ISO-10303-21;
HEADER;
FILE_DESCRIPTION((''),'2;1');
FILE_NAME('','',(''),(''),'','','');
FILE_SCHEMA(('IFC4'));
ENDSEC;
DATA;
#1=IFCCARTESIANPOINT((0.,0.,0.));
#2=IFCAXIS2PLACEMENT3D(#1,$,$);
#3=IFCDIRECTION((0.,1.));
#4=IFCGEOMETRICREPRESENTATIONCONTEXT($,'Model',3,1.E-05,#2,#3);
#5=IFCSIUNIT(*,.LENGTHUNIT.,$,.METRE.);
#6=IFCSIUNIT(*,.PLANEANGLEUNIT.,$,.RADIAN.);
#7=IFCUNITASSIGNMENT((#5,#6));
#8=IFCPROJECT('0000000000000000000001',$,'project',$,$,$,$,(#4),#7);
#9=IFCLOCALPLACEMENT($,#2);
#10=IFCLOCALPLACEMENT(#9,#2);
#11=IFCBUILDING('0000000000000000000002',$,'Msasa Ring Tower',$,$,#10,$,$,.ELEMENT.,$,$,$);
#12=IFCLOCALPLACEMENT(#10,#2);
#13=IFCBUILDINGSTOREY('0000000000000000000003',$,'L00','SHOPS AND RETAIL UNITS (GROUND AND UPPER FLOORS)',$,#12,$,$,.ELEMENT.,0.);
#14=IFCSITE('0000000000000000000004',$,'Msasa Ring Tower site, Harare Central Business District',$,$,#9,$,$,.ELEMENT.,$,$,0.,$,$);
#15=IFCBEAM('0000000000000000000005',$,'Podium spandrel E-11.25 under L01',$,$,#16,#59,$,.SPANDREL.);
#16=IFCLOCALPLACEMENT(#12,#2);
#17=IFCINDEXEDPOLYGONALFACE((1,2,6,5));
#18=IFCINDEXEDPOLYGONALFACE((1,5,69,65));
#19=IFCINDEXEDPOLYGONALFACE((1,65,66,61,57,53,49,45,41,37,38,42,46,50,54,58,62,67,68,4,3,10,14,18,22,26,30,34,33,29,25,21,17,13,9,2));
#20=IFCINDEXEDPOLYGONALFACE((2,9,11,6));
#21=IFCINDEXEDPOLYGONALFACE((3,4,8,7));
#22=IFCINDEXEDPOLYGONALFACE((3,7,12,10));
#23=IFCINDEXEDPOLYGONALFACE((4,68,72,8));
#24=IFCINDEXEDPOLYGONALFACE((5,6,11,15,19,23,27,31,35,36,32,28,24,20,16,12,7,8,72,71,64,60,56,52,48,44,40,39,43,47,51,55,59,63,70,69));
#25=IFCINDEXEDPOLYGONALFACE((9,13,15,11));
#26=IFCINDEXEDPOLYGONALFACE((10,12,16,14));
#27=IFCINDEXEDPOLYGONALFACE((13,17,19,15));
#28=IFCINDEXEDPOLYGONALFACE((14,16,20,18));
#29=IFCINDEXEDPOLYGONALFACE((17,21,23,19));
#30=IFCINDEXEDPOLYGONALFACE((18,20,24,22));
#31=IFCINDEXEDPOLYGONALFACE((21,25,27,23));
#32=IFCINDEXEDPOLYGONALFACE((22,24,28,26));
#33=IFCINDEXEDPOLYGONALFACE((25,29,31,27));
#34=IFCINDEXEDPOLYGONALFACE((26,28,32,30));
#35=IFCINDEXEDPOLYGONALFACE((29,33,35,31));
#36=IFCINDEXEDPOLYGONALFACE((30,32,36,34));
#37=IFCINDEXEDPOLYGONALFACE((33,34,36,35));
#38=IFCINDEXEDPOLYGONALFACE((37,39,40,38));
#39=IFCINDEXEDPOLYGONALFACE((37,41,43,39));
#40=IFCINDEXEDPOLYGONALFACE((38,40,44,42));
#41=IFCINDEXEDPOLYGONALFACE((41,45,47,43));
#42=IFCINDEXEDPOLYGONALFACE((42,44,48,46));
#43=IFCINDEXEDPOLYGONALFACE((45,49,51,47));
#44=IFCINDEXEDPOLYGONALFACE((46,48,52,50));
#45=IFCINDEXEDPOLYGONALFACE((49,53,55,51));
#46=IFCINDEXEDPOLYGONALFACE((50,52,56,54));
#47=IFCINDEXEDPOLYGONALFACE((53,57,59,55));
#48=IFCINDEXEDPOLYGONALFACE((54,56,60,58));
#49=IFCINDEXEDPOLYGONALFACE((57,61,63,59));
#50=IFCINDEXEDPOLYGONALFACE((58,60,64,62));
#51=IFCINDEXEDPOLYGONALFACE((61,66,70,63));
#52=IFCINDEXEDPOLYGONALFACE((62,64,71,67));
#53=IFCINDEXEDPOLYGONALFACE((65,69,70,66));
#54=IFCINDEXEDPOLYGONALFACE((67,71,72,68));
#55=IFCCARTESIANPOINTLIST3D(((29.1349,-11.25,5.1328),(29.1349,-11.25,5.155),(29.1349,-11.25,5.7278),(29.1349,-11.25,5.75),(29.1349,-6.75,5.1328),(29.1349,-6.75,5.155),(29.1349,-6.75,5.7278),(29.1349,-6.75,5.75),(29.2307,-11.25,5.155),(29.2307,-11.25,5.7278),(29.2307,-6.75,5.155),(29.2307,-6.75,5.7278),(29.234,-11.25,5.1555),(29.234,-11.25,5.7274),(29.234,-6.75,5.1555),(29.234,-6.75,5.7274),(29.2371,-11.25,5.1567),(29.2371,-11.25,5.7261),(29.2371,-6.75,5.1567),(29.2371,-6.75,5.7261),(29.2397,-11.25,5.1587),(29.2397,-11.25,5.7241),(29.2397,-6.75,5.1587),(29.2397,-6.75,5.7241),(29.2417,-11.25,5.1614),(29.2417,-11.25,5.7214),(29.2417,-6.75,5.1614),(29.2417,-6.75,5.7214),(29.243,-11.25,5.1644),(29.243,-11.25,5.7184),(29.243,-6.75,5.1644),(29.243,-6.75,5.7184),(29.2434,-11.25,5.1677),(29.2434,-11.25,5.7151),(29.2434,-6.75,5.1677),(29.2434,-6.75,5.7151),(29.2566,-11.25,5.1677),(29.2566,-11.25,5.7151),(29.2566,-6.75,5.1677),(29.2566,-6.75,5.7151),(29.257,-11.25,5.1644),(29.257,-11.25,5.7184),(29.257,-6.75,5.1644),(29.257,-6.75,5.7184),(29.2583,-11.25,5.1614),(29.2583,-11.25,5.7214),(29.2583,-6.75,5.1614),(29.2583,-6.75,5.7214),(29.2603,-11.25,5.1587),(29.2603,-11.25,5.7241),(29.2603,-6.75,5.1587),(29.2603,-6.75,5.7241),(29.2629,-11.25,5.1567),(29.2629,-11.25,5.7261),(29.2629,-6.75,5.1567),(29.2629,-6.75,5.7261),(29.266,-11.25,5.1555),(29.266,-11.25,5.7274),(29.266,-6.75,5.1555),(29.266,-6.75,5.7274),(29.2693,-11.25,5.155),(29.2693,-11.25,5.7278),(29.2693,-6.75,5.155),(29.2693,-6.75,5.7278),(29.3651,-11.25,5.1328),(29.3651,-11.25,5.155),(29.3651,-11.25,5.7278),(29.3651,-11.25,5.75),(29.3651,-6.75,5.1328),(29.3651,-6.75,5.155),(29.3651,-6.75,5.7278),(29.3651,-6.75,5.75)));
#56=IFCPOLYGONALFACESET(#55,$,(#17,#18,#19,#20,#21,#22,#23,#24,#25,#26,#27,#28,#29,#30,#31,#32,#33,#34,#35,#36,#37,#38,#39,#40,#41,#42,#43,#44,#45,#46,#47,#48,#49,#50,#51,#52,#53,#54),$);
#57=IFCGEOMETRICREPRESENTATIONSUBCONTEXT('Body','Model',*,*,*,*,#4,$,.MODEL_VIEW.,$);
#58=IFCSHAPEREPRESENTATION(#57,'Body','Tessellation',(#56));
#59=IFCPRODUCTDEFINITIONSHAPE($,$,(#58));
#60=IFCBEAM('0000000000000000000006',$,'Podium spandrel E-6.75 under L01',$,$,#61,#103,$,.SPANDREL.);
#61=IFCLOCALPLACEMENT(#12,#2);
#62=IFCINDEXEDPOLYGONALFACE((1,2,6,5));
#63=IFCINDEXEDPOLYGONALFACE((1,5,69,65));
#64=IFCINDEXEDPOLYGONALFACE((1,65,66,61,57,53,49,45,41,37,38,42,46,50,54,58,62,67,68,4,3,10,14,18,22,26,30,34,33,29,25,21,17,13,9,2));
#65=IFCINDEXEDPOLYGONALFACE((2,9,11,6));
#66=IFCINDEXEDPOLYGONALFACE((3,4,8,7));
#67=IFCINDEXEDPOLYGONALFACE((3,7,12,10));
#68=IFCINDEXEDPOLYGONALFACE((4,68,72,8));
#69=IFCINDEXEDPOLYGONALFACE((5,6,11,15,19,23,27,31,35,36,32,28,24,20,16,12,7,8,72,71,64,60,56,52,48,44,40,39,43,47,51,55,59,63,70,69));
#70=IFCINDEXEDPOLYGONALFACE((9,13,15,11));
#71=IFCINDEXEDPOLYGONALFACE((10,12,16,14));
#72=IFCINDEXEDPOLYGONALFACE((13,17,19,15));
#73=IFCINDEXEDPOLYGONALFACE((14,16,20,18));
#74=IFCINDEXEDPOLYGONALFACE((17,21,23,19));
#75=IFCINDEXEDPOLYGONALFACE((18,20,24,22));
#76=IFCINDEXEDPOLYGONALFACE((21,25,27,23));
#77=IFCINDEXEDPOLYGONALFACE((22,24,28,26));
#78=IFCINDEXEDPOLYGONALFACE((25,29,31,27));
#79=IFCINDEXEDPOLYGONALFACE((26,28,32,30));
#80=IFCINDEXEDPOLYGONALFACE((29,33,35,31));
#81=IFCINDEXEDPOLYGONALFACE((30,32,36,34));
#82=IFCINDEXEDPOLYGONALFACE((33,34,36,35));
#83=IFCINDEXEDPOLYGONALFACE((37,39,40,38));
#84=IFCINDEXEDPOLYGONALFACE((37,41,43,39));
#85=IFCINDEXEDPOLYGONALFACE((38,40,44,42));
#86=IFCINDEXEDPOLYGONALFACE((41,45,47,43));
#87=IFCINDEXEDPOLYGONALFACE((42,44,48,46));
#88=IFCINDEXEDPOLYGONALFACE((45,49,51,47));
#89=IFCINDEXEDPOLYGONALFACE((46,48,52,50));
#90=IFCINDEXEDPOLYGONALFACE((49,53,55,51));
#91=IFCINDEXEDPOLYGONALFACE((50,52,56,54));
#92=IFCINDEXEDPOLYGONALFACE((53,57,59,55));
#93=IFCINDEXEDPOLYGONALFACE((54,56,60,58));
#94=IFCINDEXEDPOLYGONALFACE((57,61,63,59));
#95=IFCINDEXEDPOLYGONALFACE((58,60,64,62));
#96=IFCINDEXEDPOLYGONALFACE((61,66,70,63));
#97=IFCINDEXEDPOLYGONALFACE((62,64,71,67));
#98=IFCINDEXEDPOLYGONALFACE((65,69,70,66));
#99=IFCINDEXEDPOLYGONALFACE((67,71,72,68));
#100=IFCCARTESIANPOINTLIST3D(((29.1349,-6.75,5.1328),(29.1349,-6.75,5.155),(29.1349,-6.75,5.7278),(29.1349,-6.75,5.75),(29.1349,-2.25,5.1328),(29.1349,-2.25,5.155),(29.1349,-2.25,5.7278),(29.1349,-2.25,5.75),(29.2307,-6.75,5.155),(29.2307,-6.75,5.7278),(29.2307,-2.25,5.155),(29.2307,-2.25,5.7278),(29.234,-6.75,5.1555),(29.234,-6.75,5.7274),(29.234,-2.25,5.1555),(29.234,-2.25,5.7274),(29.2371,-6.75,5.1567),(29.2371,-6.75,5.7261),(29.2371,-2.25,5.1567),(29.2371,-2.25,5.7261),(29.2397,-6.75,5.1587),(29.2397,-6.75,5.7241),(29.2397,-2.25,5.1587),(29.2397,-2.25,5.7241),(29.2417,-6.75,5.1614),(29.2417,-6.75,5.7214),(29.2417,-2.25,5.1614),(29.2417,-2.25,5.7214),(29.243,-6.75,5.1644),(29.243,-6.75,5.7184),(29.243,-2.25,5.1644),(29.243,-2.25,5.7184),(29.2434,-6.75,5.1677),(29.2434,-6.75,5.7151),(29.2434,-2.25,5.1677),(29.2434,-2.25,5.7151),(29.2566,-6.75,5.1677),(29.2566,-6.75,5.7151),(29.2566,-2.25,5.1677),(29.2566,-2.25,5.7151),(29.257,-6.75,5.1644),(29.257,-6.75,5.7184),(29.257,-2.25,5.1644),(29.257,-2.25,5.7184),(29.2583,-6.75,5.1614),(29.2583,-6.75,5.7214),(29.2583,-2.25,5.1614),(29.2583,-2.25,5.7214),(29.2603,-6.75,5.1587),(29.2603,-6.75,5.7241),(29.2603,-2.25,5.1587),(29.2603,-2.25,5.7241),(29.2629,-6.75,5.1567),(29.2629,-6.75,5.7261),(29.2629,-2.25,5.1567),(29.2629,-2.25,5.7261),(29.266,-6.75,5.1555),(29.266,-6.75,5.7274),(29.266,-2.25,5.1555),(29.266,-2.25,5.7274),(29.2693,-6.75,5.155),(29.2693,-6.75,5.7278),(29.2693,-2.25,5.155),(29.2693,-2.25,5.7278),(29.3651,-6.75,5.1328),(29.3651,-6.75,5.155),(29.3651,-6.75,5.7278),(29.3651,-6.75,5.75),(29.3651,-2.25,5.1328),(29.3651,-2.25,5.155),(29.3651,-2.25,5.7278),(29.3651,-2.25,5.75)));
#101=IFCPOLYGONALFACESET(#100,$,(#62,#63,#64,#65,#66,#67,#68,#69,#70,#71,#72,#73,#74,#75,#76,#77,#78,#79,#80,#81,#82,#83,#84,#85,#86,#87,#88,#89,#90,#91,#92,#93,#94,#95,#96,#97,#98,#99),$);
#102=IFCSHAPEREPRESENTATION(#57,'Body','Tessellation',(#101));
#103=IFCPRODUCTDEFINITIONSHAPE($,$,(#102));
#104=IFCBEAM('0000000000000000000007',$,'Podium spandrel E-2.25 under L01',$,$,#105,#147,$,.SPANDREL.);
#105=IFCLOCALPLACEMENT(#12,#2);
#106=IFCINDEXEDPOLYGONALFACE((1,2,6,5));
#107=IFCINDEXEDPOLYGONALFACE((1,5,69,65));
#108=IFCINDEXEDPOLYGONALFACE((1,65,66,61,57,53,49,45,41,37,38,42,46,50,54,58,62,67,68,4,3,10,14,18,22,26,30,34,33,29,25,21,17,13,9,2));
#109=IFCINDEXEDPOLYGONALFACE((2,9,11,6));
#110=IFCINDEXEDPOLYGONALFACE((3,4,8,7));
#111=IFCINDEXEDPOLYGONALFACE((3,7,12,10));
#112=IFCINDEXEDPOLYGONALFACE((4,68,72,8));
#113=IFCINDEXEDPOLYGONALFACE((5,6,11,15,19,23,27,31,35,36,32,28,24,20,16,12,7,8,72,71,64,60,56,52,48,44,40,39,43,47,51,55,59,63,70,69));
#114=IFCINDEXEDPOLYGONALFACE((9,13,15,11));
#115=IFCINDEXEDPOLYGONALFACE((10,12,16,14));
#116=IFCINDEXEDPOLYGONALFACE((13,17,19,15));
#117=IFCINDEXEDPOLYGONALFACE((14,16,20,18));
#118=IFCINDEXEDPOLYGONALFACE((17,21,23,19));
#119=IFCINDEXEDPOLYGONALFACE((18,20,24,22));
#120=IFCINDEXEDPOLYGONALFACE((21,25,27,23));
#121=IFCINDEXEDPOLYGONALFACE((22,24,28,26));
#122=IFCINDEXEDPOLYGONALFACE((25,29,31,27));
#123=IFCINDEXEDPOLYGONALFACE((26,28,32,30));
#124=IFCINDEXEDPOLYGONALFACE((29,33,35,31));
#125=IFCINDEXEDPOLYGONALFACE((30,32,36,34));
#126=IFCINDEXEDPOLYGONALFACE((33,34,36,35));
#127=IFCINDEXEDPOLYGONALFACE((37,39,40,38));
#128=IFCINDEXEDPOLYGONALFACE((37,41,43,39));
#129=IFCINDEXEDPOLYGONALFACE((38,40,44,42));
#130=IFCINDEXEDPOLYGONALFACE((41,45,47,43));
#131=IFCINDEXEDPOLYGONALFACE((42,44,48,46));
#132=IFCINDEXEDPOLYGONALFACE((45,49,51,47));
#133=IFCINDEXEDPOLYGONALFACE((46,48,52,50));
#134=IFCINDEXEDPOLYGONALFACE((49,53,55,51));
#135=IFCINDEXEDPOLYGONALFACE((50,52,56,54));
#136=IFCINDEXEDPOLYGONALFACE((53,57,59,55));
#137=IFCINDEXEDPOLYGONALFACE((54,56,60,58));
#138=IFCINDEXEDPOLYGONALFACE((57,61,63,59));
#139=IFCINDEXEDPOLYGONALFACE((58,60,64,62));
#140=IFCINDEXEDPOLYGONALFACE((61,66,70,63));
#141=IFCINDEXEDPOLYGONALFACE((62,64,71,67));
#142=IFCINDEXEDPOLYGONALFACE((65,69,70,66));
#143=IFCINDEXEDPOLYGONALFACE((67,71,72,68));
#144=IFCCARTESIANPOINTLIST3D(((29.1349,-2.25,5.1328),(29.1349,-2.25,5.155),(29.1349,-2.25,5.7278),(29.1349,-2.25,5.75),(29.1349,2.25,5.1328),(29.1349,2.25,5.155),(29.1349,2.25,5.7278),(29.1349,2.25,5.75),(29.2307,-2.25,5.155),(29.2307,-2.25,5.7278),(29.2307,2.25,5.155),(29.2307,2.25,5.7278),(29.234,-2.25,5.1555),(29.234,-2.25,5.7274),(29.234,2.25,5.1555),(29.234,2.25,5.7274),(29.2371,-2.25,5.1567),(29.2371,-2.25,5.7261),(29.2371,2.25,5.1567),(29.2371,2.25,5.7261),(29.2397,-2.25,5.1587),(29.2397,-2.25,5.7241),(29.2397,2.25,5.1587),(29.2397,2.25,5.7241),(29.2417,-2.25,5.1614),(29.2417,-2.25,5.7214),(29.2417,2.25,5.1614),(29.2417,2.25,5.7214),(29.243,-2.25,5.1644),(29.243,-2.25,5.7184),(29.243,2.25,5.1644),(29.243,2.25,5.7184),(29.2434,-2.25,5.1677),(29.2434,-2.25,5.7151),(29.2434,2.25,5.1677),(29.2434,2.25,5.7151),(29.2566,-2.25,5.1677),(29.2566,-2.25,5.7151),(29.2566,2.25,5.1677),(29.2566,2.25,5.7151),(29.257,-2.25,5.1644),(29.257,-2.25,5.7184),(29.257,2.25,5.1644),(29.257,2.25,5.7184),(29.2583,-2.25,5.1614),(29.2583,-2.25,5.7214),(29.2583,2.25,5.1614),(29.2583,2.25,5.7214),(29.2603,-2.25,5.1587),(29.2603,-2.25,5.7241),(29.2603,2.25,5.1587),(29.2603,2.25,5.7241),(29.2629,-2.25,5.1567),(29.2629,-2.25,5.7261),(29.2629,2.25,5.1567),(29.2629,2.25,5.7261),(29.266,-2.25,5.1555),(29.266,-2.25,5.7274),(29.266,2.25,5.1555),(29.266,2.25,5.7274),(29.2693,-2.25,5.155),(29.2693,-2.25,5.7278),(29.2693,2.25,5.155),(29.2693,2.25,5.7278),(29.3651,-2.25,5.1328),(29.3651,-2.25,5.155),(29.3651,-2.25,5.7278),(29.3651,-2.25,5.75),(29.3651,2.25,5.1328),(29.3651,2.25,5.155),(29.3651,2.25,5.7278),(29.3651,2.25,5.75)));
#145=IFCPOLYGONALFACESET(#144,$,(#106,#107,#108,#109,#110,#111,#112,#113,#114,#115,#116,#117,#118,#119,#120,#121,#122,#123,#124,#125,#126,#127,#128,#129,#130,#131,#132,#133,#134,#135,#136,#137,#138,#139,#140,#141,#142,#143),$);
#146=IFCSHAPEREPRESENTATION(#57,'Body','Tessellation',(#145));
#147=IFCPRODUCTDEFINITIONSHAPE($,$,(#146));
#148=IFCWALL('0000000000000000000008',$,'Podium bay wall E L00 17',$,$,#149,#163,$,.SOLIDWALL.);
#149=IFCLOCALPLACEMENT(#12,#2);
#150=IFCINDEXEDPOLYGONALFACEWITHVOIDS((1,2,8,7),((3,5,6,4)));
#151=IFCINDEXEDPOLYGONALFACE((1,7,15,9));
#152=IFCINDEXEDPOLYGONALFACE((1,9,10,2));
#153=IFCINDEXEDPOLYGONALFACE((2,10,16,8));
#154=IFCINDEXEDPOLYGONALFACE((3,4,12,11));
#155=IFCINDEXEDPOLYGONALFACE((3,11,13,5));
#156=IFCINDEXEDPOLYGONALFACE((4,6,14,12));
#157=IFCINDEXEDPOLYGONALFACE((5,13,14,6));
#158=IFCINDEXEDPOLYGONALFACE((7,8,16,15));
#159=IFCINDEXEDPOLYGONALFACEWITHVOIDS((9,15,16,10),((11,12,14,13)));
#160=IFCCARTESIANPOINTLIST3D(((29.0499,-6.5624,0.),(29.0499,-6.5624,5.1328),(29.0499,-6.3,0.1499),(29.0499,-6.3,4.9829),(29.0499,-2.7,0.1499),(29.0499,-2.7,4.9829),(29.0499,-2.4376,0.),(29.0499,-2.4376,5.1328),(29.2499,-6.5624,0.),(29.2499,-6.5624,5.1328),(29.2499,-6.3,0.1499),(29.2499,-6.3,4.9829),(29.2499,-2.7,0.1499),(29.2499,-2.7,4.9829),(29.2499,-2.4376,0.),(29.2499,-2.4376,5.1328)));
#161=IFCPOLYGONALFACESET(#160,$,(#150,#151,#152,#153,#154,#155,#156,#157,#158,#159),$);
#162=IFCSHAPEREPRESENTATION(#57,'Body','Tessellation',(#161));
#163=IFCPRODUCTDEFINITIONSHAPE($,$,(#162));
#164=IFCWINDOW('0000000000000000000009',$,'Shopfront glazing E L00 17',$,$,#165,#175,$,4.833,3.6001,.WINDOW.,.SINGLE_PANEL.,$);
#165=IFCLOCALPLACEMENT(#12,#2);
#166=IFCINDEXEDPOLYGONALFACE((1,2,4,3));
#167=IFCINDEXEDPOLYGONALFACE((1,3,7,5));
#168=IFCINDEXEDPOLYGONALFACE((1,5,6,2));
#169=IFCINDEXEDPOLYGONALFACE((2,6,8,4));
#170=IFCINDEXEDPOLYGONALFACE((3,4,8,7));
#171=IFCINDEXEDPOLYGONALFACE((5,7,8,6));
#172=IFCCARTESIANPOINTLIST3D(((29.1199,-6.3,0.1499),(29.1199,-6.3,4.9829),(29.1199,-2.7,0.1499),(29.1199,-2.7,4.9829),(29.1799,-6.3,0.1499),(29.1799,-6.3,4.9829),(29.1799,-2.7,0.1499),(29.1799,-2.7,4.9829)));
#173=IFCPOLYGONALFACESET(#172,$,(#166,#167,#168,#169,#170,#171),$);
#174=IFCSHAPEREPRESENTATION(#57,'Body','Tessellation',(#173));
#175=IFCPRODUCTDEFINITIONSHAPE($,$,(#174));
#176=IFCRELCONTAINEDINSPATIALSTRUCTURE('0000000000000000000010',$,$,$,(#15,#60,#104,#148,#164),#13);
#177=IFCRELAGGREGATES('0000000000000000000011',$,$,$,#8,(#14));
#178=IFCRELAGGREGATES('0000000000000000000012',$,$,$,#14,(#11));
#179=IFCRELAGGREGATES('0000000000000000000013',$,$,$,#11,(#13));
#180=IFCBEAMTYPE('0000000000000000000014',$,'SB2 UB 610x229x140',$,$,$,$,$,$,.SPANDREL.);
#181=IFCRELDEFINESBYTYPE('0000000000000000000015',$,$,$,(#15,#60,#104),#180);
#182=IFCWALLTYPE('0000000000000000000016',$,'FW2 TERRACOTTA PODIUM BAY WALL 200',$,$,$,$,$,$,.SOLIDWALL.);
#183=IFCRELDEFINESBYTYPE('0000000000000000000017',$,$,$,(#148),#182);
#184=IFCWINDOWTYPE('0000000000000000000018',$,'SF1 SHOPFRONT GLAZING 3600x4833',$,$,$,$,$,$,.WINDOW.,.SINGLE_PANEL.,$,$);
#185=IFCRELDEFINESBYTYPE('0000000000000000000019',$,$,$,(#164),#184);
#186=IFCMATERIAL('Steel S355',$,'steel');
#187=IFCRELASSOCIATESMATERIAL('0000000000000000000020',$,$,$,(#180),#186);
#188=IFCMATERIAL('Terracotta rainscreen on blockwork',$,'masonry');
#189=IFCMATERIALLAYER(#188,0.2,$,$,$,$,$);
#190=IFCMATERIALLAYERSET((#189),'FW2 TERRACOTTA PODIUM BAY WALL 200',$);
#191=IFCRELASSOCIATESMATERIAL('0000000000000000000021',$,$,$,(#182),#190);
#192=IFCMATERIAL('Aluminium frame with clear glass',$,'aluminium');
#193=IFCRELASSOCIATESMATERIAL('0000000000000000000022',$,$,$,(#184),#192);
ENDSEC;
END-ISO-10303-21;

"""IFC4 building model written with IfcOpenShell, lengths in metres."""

from ifc_helpers import new_model, si_unit, direction, frame, frame_2d, origin, origin_2d, place, context, subcontext, project, spatial, rectangle, i_section, extrude, material, layer, layer_set, material_profile, profile_set, type_object, element, fill, save


model = new_model("IFC4")

# Units and contexts
model_context = context("Model", 3, precision=1e-05, world=origin(), true_north=direction((0.0, 1.0)))
body_context = subcontext(model_context, "Body", "Model", "MODEL_VIEW")
ifc_project = project(units=[si_unit("LENGTHUNIT", "METRE"), si_unit("PLANEANGLEUNIT", "RADIAN")], contexts=[model_context])

# Site, building, storey
site_placement = place(None, origin())
site = spatial("IfcSite", under=ifc_project, at=site_placement, Name="Msasa Ring Tower site, Harare Central Business District", CompositionType="ELEMENT", RefElevation=0.0)
building_placement = place(site_placement, origin())
building = spatial("IfcBuilding", under=site, at=building_placement, Name="Msasa Ring Tower", CompositionType="ELEMENT")
storey_placement = place(building_placement, origin())
storey = spatial("IfcBuildingStorey", under=building, at=storey_placement, Name="L00", Description="SHOPS AND RETAIL UNITS (GROUND AND UPPER FLOORS)", CompositionType="ELEMENT", Elevation=0.0)

# Beams
ifc_material_1 = material(Name="Steel S355", Category="steel")
ifc_material_profile_1 = material_profile(ifc_material_1, i_section(OverallWidth=0.2302, OverallDepth=0.6172, WebThickness=0.0132, FlangeThickness=0.0222, FilletRadius=0.0127, at=origin_2d()), Name="UB 610x229x140")
ifc_profile_set_1 = profile_set([ifc_material_profile_1], Name="Steel S355")
beam_type_1 = type_object("IfcBeamType", Name="SB2 UB 610x229x140", PredefinedType="SPANDREL", material=ifc_profile_set_1)
for number, where, z_axis, x_axis, name in (
    (1, (29.25, -11.25, 5.4414), (0.0, 1.0, 0.0), (-1.0, 0.0, 0.0), "Podium spandrel E-11.25 under L01"),
    (2, (29.25, -6.75, 5.4414), (0.0, 1.0, 0.0), (-1.0, 0.0, 0.0), "Podium spandrel E-6.75 under L01"),
    (3, (29.25, -2.25, 5.4414), (0.0, 1.0, 0.0), (-1.0, 0.0, 0.0), "Podium spandrel E-2.25 under L01"),
):
    element("IfcBeam", number, at=place(storey_placement, frame(where, z_axis=z_axis, x_axis=x_axis)), inside=storey, type_object=beam_type_1, Name=name, PredefinedType="SPANDREL", context=body_context, shape_type="SweptSolid", body=[
        extrude(i_section(OverallWidth=0.2302, OverallDepth=0.6172, WebThickness=0.0132, FlangeThickness=0.0222, FilletRadius=0.0127, at=origin_2d()), origin(), (0.0, 0.0, 1.0), 4.5),
    ])

# Shared definitions
ifc_material_2 = material(Name="Terracotta rainscreen on blockwork", Category="masonry")
ifc_layer = layer(ifc_material_2, 0.2)
ifc_layer_set = layer_set([ifc_layer], Name="FW2 TERRACOTTA PODIUM BAY WALL 200")
wall_type = type_object("IfcWallType", Name="FW2 TERRACOTTA PODIUM BAY WALL 200", PredefinedType="SOLIDWALL", material=ifc_layer_set)

# Wall, opening, window
wall_1_placement = place(storey_placement, frame((29.1499, -6.5625, 0.0), z_axis=(0.0, 0.0, 1.0), x_axis=(0.0, 1.0, 0.0)))
wall_1 = element("IfcWall", 4, at=wall_1_placement, inside=storey, type_object=wall_type, Name="Podium bay wall E L00 17", PredefinedType="SOLIDWALL", context=body_context, shape_type="SweptSolid", body=[
    extrude(rectangle(XDim=4.1248, YDim=0.2, at=frame_2d((2.0625, 0.0))), origin(), (0.0, 0.0, 1.0), 5.1328),
])
opening_1_placement = place(wall_1_placement, frame((0.2625, 0.0, 0.1499)))
opening_1 = element("IfcOpeningElement", 5, at=opening_1_placement, cuts=wall_1, PredefinedType="OPENING", context=body_context, shape_type="SweptSolid", body=[
    extrude(rectangle(XDim=3.6001, YDim=4.833, at=frame_2d((1.8, 2.4165))), frame((0.0, 0.1099, 0.0), z_axis=(0.0, -1.0, 0.0), x_axis=(1.0, 0.0, 0.0)), (0.0, 0.0, 1.0), 0.22),
])
ifc_material_3 = material(Name="Aluminium frame with clear glass", Category="aluminium")
window_type_1 = type_object("IfcWindowType", Name="SF1 SHOPFRONT GLAZING 3600x4833", PartitioningType="SINGLE_PANEL", PredefinedType="WINDOW", material=ifc_material_3)
window_1_placement = place(opening_1_placement, origin())
window_1 = element("IfcWindow", 6, at=window_1_placement, inside=storey, type_object=window_type_1, Name="Shopfront glazing E L00 17", OverallHeight=4.833, OverallWidth=3.6001, PartitioningType="SINGLE_PANEL", PredefinedType="WINDOW", context=body_context, shape_type="SweptSolid", body=[
    extrude(rectangle(XDim=3.6001, YDim=4.833, at=frame_2d((1.8, 2.4165))), frame((0.0, 0.03, 0.0), z_axis=(0.0, -1.0, 0.0), x_axis=(1.0, 0.0, 0.0)), (0.0, 0.0, 1.0), 0.0601),
])
fill(opening_1, window_1)

save(model, "model.ifc")
